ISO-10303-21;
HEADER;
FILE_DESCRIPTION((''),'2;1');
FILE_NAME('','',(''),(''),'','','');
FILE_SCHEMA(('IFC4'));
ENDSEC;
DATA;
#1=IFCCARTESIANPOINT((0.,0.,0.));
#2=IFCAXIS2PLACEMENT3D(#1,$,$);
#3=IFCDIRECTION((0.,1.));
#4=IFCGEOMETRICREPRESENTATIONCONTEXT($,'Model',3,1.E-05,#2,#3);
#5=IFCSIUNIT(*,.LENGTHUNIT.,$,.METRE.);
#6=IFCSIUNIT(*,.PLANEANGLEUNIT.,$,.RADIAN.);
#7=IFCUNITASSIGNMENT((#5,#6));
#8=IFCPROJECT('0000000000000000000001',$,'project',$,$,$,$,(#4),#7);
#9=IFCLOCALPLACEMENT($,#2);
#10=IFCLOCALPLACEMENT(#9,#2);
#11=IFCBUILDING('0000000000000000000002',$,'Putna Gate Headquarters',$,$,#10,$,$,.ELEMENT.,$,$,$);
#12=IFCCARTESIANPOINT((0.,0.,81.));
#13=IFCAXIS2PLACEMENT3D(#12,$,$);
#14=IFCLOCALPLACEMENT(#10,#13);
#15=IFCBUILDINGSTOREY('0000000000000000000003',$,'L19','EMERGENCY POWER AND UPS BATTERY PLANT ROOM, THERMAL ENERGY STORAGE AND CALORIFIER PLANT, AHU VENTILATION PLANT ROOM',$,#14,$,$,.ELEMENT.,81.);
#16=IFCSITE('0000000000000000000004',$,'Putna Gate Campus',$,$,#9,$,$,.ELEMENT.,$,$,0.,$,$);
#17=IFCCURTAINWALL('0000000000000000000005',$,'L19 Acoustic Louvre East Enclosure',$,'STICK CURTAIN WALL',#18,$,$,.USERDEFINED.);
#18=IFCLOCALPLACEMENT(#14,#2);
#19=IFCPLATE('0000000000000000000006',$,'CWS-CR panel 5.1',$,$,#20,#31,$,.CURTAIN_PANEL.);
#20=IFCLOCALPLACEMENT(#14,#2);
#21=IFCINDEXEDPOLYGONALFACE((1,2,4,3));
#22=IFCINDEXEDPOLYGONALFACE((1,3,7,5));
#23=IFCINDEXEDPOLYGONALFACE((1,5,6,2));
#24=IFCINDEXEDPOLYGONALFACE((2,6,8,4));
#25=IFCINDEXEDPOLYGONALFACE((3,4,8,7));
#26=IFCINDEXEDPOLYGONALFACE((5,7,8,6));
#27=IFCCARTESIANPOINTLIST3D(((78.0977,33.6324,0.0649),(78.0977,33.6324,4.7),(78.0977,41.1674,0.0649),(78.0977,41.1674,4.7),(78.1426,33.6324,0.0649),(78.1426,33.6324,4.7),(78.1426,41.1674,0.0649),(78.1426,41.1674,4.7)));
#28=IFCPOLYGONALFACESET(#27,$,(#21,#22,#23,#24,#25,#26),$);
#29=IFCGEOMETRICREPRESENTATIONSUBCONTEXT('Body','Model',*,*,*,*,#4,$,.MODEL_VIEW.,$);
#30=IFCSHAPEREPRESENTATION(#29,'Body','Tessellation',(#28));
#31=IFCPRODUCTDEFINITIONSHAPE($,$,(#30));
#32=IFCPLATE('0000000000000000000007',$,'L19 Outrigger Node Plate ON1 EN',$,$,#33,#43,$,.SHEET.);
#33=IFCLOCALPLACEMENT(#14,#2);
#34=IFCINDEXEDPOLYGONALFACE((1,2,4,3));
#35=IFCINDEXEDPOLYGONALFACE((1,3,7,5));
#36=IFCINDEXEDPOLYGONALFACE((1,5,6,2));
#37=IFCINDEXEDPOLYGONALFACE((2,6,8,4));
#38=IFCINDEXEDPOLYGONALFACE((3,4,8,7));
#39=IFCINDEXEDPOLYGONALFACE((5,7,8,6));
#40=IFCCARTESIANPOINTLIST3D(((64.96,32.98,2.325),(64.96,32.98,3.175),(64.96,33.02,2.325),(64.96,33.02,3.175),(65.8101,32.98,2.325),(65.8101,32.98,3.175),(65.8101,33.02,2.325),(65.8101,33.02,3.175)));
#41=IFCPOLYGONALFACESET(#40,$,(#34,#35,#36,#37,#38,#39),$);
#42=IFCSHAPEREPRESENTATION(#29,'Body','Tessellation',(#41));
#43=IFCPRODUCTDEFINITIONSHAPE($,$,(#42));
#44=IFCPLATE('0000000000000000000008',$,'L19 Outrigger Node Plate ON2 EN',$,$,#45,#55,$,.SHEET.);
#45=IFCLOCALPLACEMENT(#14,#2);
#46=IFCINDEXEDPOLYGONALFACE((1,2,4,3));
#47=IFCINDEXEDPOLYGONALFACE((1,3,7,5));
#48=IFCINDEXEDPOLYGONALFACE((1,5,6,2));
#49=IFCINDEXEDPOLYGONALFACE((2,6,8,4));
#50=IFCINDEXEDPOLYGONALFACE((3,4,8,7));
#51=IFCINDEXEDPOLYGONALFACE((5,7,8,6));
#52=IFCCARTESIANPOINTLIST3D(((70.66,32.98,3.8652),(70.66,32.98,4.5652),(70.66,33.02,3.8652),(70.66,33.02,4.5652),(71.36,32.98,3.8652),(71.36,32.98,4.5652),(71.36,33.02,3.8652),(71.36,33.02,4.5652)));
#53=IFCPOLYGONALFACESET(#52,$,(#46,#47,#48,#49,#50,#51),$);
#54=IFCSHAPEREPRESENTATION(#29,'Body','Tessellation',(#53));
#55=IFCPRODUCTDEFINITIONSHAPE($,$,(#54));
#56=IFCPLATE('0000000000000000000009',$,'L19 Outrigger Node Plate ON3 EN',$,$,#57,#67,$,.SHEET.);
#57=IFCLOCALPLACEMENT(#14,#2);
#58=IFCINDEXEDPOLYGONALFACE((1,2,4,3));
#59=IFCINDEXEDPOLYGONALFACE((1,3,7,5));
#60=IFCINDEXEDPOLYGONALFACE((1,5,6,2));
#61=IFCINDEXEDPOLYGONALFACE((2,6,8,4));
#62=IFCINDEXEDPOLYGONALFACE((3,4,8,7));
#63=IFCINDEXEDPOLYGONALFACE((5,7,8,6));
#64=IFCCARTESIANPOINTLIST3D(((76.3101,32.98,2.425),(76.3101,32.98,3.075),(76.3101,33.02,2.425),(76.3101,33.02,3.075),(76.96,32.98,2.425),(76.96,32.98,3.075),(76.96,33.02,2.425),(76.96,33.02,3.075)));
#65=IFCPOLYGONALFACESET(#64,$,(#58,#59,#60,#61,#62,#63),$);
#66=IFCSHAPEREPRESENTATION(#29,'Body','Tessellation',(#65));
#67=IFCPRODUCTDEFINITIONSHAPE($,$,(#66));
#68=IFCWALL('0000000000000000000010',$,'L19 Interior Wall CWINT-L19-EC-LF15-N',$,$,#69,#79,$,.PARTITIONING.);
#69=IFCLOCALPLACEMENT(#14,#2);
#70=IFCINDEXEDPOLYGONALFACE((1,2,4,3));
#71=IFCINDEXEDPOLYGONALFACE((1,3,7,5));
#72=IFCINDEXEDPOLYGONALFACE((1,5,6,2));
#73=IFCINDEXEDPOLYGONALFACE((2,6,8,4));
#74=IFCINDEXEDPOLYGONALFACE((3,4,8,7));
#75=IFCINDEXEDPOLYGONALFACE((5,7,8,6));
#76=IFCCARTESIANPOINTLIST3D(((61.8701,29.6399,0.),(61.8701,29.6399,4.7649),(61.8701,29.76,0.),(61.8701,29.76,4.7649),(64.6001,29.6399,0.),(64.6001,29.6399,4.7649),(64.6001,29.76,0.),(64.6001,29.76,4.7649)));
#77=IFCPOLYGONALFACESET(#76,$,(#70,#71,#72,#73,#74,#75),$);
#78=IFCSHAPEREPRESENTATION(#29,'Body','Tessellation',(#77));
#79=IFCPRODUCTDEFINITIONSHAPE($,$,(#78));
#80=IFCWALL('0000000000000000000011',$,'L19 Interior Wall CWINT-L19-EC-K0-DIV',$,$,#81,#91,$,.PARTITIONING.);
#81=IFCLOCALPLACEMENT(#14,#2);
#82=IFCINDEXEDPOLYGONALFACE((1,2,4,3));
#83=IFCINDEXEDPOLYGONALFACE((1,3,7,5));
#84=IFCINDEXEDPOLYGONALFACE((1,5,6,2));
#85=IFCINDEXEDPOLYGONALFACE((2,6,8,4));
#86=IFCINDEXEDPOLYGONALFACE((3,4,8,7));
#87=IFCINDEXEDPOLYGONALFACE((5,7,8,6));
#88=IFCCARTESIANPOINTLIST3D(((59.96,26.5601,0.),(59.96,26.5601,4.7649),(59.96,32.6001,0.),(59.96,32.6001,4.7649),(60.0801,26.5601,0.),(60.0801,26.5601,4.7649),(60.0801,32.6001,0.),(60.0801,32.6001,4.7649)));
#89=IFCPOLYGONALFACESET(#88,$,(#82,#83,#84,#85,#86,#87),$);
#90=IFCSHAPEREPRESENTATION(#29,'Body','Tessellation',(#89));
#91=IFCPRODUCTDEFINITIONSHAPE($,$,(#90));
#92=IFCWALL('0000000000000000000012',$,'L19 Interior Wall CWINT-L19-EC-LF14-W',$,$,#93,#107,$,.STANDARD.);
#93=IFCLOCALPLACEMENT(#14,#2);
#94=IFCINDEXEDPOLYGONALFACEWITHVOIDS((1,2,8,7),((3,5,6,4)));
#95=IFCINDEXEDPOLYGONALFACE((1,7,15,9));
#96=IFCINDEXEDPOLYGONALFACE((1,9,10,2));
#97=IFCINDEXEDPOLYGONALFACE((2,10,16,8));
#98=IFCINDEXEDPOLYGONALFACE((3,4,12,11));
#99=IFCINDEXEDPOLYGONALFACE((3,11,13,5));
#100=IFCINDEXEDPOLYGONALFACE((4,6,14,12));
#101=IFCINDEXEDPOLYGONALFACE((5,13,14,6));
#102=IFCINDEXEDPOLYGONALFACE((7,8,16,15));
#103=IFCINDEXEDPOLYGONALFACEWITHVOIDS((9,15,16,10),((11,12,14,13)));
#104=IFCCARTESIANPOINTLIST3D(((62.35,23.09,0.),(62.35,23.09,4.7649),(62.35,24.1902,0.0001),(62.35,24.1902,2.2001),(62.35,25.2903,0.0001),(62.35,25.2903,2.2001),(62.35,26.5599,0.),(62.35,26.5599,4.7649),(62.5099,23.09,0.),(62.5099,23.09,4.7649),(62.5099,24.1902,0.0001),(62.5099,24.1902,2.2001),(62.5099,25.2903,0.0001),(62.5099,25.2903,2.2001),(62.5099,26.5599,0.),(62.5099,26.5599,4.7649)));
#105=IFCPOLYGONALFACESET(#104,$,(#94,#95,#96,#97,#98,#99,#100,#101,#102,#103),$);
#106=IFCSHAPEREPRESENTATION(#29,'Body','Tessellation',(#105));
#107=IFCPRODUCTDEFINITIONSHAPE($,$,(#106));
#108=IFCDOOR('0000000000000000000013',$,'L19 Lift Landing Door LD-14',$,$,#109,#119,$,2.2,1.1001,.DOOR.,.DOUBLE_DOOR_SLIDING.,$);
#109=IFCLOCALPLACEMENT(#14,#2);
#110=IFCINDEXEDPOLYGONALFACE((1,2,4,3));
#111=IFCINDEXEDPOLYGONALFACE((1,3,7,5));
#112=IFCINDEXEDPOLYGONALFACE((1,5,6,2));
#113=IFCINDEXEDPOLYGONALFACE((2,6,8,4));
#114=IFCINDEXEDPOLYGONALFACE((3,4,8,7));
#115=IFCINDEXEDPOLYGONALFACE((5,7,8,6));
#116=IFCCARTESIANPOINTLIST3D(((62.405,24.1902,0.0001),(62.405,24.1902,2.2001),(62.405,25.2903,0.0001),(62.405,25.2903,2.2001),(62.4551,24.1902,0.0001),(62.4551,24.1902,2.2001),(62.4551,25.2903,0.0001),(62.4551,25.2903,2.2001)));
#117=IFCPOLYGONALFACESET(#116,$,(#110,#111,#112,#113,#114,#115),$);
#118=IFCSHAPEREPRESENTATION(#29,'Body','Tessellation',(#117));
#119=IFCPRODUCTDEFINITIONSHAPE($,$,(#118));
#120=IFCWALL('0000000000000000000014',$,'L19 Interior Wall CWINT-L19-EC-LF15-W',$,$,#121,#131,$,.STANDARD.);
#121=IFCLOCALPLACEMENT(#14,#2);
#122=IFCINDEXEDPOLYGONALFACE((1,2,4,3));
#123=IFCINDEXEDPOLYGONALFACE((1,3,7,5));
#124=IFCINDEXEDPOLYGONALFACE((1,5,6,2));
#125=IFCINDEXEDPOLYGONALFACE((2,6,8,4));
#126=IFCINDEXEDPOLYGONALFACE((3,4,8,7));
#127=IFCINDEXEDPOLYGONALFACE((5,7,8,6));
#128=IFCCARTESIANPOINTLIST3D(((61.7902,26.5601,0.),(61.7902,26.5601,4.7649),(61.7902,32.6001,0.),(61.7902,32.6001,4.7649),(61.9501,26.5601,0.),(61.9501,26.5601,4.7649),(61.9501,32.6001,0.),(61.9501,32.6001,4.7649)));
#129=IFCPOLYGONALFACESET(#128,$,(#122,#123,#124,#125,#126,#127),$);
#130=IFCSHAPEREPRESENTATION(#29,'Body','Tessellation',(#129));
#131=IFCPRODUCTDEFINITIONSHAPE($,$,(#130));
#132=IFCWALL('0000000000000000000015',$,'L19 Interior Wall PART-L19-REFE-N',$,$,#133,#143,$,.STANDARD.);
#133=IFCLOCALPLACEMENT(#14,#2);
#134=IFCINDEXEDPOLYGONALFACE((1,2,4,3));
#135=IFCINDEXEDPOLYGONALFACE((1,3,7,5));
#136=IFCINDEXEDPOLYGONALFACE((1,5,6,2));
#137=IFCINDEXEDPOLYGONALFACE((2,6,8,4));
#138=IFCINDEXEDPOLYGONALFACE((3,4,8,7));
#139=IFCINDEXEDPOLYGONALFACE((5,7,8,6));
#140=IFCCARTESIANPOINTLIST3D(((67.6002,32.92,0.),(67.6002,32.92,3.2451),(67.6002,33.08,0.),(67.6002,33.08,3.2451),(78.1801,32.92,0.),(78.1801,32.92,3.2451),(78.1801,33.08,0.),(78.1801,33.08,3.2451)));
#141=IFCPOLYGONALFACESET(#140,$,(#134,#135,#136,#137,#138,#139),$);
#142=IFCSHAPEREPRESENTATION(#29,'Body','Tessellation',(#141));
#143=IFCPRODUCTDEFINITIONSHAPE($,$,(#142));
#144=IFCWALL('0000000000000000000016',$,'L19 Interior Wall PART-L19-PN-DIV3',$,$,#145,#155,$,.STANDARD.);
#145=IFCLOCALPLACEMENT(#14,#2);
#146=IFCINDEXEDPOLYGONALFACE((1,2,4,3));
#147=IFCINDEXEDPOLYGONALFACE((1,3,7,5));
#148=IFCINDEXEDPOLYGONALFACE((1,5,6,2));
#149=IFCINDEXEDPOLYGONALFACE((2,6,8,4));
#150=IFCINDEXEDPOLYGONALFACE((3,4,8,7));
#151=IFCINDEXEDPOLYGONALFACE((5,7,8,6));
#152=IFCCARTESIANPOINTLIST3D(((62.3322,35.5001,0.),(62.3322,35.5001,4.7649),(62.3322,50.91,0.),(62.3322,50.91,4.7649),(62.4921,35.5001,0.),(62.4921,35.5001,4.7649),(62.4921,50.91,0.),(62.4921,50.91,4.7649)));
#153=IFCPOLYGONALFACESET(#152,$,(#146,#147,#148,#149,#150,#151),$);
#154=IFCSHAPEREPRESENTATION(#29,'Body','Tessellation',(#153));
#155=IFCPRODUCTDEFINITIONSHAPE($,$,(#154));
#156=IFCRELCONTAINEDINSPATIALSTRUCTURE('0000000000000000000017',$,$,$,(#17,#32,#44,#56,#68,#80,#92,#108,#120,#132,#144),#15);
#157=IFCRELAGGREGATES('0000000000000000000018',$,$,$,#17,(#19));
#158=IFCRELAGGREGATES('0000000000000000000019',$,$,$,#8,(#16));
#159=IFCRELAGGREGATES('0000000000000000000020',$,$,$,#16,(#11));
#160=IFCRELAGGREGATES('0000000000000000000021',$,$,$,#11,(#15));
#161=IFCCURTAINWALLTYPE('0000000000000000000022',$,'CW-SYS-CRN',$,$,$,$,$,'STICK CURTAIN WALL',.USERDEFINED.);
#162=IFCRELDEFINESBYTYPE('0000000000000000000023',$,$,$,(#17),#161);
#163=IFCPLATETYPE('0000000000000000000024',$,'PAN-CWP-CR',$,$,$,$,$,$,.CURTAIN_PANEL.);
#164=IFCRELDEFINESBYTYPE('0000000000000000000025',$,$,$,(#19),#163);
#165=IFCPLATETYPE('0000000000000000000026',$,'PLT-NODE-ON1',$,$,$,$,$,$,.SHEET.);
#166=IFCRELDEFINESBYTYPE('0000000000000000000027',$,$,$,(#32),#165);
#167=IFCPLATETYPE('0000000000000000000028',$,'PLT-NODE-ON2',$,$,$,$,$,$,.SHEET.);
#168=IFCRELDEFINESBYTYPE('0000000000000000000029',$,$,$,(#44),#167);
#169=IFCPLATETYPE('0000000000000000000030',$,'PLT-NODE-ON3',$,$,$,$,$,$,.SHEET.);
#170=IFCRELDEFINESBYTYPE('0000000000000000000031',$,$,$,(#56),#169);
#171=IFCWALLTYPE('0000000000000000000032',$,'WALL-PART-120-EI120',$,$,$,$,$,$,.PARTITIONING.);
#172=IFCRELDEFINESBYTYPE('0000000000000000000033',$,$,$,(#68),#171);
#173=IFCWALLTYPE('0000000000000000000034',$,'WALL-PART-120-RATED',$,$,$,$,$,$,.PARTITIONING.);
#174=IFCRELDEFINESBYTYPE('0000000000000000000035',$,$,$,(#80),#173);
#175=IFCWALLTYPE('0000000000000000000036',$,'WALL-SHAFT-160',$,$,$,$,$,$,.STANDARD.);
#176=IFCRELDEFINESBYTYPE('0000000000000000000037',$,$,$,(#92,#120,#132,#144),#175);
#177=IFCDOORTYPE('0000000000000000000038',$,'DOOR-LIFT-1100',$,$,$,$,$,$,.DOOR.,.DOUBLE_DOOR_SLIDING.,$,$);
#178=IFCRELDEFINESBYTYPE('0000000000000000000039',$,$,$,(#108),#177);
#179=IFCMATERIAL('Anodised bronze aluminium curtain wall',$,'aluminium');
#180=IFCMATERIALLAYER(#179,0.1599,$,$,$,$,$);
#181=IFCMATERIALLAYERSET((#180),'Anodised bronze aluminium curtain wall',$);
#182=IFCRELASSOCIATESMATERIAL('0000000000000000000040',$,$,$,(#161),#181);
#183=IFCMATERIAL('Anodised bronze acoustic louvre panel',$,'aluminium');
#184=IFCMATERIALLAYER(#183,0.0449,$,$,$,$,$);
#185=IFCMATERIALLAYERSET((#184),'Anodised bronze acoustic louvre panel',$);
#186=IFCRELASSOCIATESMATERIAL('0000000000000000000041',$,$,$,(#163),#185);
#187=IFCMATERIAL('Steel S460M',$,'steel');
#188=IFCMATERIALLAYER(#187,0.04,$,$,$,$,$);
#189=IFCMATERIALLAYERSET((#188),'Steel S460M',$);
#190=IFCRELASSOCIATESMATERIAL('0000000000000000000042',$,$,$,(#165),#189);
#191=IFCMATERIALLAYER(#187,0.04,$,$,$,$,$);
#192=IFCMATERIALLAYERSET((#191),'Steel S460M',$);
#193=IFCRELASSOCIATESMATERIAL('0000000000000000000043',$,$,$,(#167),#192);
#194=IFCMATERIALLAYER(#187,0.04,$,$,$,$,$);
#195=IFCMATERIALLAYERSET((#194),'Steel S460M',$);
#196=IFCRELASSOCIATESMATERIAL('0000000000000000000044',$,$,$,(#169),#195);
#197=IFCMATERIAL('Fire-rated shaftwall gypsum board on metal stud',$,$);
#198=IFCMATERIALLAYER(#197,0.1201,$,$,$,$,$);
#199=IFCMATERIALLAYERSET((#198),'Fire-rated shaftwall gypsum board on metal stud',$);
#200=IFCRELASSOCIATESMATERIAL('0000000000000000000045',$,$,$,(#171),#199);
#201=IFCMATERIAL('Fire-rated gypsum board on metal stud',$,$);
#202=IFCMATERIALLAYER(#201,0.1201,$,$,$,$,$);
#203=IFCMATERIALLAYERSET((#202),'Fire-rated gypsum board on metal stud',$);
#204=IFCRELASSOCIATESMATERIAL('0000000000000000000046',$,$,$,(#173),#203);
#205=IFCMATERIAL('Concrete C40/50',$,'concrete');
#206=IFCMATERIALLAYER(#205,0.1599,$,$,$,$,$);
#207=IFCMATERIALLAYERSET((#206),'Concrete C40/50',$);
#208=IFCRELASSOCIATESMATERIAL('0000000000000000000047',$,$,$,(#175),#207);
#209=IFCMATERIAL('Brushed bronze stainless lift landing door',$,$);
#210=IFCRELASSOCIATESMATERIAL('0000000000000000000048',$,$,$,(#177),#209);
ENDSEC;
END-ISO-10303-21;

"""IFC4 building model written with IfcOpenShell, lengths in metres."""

from ifc_helpers import new_model, si_unit, direction, frame, frame_2d, origin, origin_2d, place, context, subcontext, project, spatial, rectangle, extrude, material, layer, layer_set, type_object, element, fill, aggregate, save


model = new_model("IFC4")

# Units and contexts
model_context = context("Model", 3, precision=1e-05, world=origin(), true_north=direction((0.0, 1.0)))
body_context = subcontext(model_context, "Body", "Model", "MODEL_VIEW")
ifc_project = project(units=[si_unit("LENGTHUNIT", "METRE"), si_unit("PLANEANGLEUNIT", "RADIAN")], contexts=[model_context])

# Site, building, storey
site_placement = place(None, origin())
site = spatial("IfcSite", under=ifc_project, at=site_placement, Name="Putna Gate Campus", CompositionType="ELEMENT", RefElevation=0.0)
building_placement = place(site_placement, origin())
building = spatial("IfcBuilding", under=site, at=building_placement, Name="Putna Gate Headquarters", CompositionType="ELEMENT")
storey_placement = place(building_placement, frame((0.0, 0.0, 81.0)))
storey = spatial("IfcBuildingStorey", under=building, at=storey_placement, Name="L19", Description="EMERGENCY POWER AND UPS BATTERY PLANT ROOM, THERMAL ENERGY STORAGE AND CALORIFIER PLANT, AHU VENTILATION PLANT ROOM", CompositionType="ELEMENT", Elevation=81.0)

# Shared definitions
ifc_material_1 = material(Name="Steel S460M", Category="steel")

# Curtain wall, plate
ifc_material_2 = material(Name="Anodised bronze aluminium curtain wall", Category="aluminium")
ifc_layer_1 = layer(ifc_material_2, 0.1599)
ifc_layer_set_1 = layer_set([ifc_layer_1], Name="Anodised bronze aluminium curtain wall")
curtain_wall_type = type_object("IfcCurtainWallType", Name="CW-SYS-CRN", ElementType="STICK CURTAIN WALL", PredefinedType="USERDEFINED", material=ifc_layer_set_1)
curtain_wall_placement = place(storey_placement, origin())
curtain_wall = element("IfcCurtainWall", 1, at=curtain_wall_placement, inside=storey, type_object=curtain_wall_type, Name="L19 Acoustic Louvre East Enclosure", ObjectType="STICK CURTAIN WALL", PredefinedType="USERDEFINED")
ifc_material_3 = material(Name="Anodised bronze acoustic louvre panel", Category="aluminium")
ifc_layer_2 = layer(ifc_material_3, 0.0449)
ifc_layer_set_2 = layer_set([ifc_layer_2], Name="Anodised bronze acoustic louvre panel")
plate_type_1 = type_object("IfcPlateType", Name="PAN-CWP-CR", PredefinedType="CURTAIN_PANEL", material=ifc_layer_set_2)
plate_1_placement = place(storey_placement, frame((78.1201, 37.3999, 0.0649), z_axis=(0.0, 0.0, 1.0), x_axis=(0.0, 1.0, 0.0)))
plate_1 = element("IfcPlate", 2, at=plate_1_placement, type_object=plate_type_1, Name="CWS-CR panel 5.1", PredefinedType="CURTAIN_PANEL", context=body_context, shape_type="SweptSolid", body=[
    extrude(rectangle(XDim=7.5349, YDim=0.0449, at=origin_2d()), origin(), (0.0, 0.0, 1.0), 4.635),
])
aggregate(curtain_wall, [plate_1])

# Plates
ifc_layer_3 = layer(ifc_material_1, 0.04)
ifc_layer_set_3 = layer_set([ifc_layer_3], Name="Steel S460M")
plate_type_2 = type_object("IfcPlateType", Name="PLT-NODE-ON1", PredefinedType="SHEET", material=ifc_layer_set_3)
plate_2_placement = place(storey_placement, frame((65.385, 33.0, 2.325), z_axis=(0.0, 0.0, 1.0), x_axis=(1.0, 0.0, 0.0)))
element("IfcPlate", 3, at=plate_2_placement, inside=storey, type_object=plate_type_2, Name="L19 Outrigger Node Plate ON1 EN", PredefinedType="SHEET", context=body_context, shape_type="SweptSolid", body=[
    extrude(rectangle(XDim=0.8501, YDim=0.04, at=origin_2d()), origin(), (0.0, 0.0, 1.0), 0.8501),
])
ifc_layer_4 = layer(ifc_material_1, 0.04)
ifc_layer_set_4 = layer_set([ifc_layer_4], Name="Steel S460M")
plate_type_3 = type_object("IfcPlateType", Name="PLT-NODE-ON2", PredefinedType="SHEET", material=ifc_layer_set_4)
plate_3_placement = place(storey_placement, frame((71.01, 33.0, 3.8652), z_axis=(0.0, 0.0, 1.0), x_axis=(1.0, 0.0, 0.0)))
element("IfcPlate", 4, at=plate_3_placement, inside=storey, type_object=plate_type_3, Name="L19 Outrigger Node Plate ON2 EN", PredefinedType="SHEET", context=body_context, shape_type="SweptSolid", body=[
    extrude(rectangle(XDim=0.7, YDim=0.04, at=origin_2d()), origin(), (0.0, 0.0, 1.0), 0.7),
])
ifc_layer_5 = layer(ifc_material_1, 0.04)
ifc_layer_set_5 = layer_set([ifc_layer_5], Name="Steel S460M")
plate_type_4 = type_object("IfcPlateType", Name="PLT-NODE-ON3", PredefinedType="SHEET", material=ifc_layer_set_5)
plate_4_placement = place(storey_placement, frame((76.635, 33.0, 2.425), z_axis=(0.0, 0.0, 1.0), x_axis=(1.0, 0.0, 0.0)))
element("IfcPlate", 5, at=plate_4_placement, inside=storey, type_object=plate_type_4, Name="L19 Outrigger Node Plate ON3 EN", PredefinedType="SHEET", context=body_context, shape_type="SweptSolid", body=[
    extrude(rectangle(XDim=0.6499, YDim=0.04, at=origin_2d()), origin(), (0.0, 0.0, 1.0), 0.6499),
])

# Walls
ifc_material_4 = material(Name="Fire-rated shaftwall gypsum board on metal stud")
ifc_layer_6 = layer(ifc_material_4, 0.1201)
ifc_layer_set_6 = layer_set([ifc_layer_6], Name="Fire-rated shaftwall gypsum board on metal stud")
wall_type_1 = type_object("IfcWallType", Name="WALL-PART-120-EI120", PredefinedType="PARTITIONING", material=ifc_layer_set_6)
wall_1_placement = place(storey_placement, frame((61.8701, 29.7, 0.0), z_axis=(0.0, 0.0, 1.0), x_axis=(1.0, 0.0, 0.0)))
element("IfcWall", 6, at=wall_1_placement, inside=storey, type_object=wall_type_1, Name="L19 Interior Wall CWINT-L19-EC-LF15-N", PredefinedType="PARTITIONING", context=body_context, shape_type="SweptSolid", body=[
    extrude(rectangle(XDim=2.73, YDim=0.1201, at=frame_2d((1.365, 0.0))), origin(), (0.0, 0.0, 1.0), 4.7649),
])
ifc_material_5 = material(Name="Fire-rated gypsum board on metal stud")
ifc_layer_7 = layer(ifc_material_5, 0.1201)
ifc_layer_set_7 = layer_set([ifc_layer_7], Name="Fire-rated gypsum board on metal stud")
wall_type_2 = type_object("IfcWallType", Name="WALL-PART-120-RATED", PredefinedType="PARTITIONING", material=ifc_layer_set_7)
wall_2_placement = place(storey_placement, frame((60.02, 26.5601, 0.0), z_axis=(0.0, 0.0, 1.0), x_axis=(0.0, 1.0, 0.0)))
element("IfcWall", 7, at=wall_2_placement, inside=storey, type_object=wall_type_2, Name="L19 Interior Wall CWINT-L19-EC-K0-DIV", PredefinedType="PARTITIONING", context=body_context, shape_type="SweptSolid", body=[
    extrude(rectangle(XDim=6.04, YDim=0.1201, at=frame_2d((3.02, 0.0))), origin(), (0.0, 0.0, 1.0), 4.7649),
])

# Wall, opening, door
ifc_material_6 = material(Name="Concrete C40/50", Category="concrete")
ifc_layer_8 = layer(ifc_material_6, 0.1599)
ifc_layer_set_8 = layer_set([ifc_layer_8], Name="Concrete C40/50")
wall_type_3 = type_object("IfcWallType", Name="WALL-SHAFT-160", PredefinedType="STANDARD", material=ifc_layer_set_8)
wall_3_placement = place(storey_placement, frame((62.4299, 23.0901, 0.0), z_axis=(0.0, 0.0, 1.0), x_axis=(0.0, 1.0, 0.0)))
wall_3 = element("IfcWall", 8, at=wall_3_placement, inside=storey, type_object=wall_type_3, Name="L19 Interior Wall CWINT-L19-EC-LF14-W", PredefinedType="STANDARD", context=body_context, shape_type="SweptSolid", body=[
    extrude(rectangle(XDim=3.47, YDim=0.1599, at=frame_2d((1.7349, 0.0))), origin(), (0.0, 0.0, 1.0), 4.7649),
])
opening_1_placement = place(wall_3_placement, frame((1.1001, 0.0, 0.0)))
opening_1 = element("IfcOpeningElement", 9, at=opening_1_placement, cuts=wall_3, PredefinedType="OPENING", context=body_context, shape_type="SweptSolid", body=[
    extrude(rectangle(XDim=1.1001, YDim=2.2, at=frame_2d((0.55, 1.1001))), frame((0.0, 0.0898, 0.0), z_axis=(0.0, -1.0, 0.0), x_axis=(1.0, 0.0, 0.0)), (0.0, 0.0, 1.0), 0.1799),
])
ifc_material_7 = material(Name="Brushed bronze stainless lift landing door")
door_type_1 = type_object("IfcDoorType", Name="DOOR-LIFT-1100", OperationType="DOUBLE_DOOR_SLIDING", PredefinedType="DOOR", material=ifc_material_7)
door_1_placement = place(opening_1_placement, origin())
door_1 = element("IfcDoor", 10, at=door_1_placement, inside=storey, type_object=door_type_1, Name="L19 Lift Landing Door LD-14", OperationType="DOUBLE_DOOR_SLIDING", OverallHeight=2.2, OverallWidth=1.1001, PredefinedType="DOOR", context=body_context, shape_type="SweptSolid", body=[
    extrude(rectangle(XDim=1.1001, YDim=2.2, at=frame_2d((0.55, 1.1001))), frame((0.0, 0.0249, 0.0), z_axis=(0.0, -1.0, 0.0), x_axis=(1.0, 0.0, 0.0)), (0.0, 0.0, 1.0), 0.05),
])
fill(opening_1, door_1)

# Walls
wall_4_placement = place(storey_placement, frame((61.8701, 26.5601, 0.0), z_axis=(0.0, 0.0, 1.0), x_axis=(0.0, 1.0, 0.0)))
element("IfcWall", 11, at=wall_4_placement, inside=storey, type_object=wall_type_3, Name="L19 Interior Wall CWINT-L19-EC-LF15-W", PredefinedType="STANDARD", context=body_context, shape_type="SweptSolid", body=[
    extrude(rectangle(XDim=6.04, YDim=0.1599, at=frame_2d((3.02, 0.0))), origin(), (0.0, 0.0, 1.0), 4.7649),
])
wall_5_placement = place(storey_placement, frame((67.6001, 33.0, 0.0), z_axis=(0.0, 0.0, 1.0), x_axis=(1.0, 0.0, 0.0)))
element("IfcWall", 12, at=wall_5_placement, inside=storey, type_object=wall_type_3, Name="L19 Interior Wall PART-L19-REFE-N", PredefinedType="STANDARD", context=body_context, shape_type="SweptSolid", body=[
    extrude(rectangle(XDim=10.5798, YDim=0.1599, at=frame_2d((5.29, 0.0))), origin(), (0.0, 0.0, 1.0), 3.2451),
])
wall_6_placement = place(storey_placement, frame((62.4121, 35.5, 0.0), z_axis=(0.0, 0.0, 1.0), x_axis=(0.0, 1.0, 0.0)))
element("IfcWall", 13, at=wall_6_placement, inside=storey, type_object=wall_type_3, Name="L19 Interior Wall PART-L19-PN-DIV3", PredefinedType="STANDARD", context=body_context, shape_type="SweptSolid", body=[
    extrude(rectangle(XDim=15.4099, YDim=0.1599, at=frame_2d((7.7051, 0.0))), origin(), (0.0, 0.0, 1.0), 4.7649),
])

save(model, "model.ifc")
